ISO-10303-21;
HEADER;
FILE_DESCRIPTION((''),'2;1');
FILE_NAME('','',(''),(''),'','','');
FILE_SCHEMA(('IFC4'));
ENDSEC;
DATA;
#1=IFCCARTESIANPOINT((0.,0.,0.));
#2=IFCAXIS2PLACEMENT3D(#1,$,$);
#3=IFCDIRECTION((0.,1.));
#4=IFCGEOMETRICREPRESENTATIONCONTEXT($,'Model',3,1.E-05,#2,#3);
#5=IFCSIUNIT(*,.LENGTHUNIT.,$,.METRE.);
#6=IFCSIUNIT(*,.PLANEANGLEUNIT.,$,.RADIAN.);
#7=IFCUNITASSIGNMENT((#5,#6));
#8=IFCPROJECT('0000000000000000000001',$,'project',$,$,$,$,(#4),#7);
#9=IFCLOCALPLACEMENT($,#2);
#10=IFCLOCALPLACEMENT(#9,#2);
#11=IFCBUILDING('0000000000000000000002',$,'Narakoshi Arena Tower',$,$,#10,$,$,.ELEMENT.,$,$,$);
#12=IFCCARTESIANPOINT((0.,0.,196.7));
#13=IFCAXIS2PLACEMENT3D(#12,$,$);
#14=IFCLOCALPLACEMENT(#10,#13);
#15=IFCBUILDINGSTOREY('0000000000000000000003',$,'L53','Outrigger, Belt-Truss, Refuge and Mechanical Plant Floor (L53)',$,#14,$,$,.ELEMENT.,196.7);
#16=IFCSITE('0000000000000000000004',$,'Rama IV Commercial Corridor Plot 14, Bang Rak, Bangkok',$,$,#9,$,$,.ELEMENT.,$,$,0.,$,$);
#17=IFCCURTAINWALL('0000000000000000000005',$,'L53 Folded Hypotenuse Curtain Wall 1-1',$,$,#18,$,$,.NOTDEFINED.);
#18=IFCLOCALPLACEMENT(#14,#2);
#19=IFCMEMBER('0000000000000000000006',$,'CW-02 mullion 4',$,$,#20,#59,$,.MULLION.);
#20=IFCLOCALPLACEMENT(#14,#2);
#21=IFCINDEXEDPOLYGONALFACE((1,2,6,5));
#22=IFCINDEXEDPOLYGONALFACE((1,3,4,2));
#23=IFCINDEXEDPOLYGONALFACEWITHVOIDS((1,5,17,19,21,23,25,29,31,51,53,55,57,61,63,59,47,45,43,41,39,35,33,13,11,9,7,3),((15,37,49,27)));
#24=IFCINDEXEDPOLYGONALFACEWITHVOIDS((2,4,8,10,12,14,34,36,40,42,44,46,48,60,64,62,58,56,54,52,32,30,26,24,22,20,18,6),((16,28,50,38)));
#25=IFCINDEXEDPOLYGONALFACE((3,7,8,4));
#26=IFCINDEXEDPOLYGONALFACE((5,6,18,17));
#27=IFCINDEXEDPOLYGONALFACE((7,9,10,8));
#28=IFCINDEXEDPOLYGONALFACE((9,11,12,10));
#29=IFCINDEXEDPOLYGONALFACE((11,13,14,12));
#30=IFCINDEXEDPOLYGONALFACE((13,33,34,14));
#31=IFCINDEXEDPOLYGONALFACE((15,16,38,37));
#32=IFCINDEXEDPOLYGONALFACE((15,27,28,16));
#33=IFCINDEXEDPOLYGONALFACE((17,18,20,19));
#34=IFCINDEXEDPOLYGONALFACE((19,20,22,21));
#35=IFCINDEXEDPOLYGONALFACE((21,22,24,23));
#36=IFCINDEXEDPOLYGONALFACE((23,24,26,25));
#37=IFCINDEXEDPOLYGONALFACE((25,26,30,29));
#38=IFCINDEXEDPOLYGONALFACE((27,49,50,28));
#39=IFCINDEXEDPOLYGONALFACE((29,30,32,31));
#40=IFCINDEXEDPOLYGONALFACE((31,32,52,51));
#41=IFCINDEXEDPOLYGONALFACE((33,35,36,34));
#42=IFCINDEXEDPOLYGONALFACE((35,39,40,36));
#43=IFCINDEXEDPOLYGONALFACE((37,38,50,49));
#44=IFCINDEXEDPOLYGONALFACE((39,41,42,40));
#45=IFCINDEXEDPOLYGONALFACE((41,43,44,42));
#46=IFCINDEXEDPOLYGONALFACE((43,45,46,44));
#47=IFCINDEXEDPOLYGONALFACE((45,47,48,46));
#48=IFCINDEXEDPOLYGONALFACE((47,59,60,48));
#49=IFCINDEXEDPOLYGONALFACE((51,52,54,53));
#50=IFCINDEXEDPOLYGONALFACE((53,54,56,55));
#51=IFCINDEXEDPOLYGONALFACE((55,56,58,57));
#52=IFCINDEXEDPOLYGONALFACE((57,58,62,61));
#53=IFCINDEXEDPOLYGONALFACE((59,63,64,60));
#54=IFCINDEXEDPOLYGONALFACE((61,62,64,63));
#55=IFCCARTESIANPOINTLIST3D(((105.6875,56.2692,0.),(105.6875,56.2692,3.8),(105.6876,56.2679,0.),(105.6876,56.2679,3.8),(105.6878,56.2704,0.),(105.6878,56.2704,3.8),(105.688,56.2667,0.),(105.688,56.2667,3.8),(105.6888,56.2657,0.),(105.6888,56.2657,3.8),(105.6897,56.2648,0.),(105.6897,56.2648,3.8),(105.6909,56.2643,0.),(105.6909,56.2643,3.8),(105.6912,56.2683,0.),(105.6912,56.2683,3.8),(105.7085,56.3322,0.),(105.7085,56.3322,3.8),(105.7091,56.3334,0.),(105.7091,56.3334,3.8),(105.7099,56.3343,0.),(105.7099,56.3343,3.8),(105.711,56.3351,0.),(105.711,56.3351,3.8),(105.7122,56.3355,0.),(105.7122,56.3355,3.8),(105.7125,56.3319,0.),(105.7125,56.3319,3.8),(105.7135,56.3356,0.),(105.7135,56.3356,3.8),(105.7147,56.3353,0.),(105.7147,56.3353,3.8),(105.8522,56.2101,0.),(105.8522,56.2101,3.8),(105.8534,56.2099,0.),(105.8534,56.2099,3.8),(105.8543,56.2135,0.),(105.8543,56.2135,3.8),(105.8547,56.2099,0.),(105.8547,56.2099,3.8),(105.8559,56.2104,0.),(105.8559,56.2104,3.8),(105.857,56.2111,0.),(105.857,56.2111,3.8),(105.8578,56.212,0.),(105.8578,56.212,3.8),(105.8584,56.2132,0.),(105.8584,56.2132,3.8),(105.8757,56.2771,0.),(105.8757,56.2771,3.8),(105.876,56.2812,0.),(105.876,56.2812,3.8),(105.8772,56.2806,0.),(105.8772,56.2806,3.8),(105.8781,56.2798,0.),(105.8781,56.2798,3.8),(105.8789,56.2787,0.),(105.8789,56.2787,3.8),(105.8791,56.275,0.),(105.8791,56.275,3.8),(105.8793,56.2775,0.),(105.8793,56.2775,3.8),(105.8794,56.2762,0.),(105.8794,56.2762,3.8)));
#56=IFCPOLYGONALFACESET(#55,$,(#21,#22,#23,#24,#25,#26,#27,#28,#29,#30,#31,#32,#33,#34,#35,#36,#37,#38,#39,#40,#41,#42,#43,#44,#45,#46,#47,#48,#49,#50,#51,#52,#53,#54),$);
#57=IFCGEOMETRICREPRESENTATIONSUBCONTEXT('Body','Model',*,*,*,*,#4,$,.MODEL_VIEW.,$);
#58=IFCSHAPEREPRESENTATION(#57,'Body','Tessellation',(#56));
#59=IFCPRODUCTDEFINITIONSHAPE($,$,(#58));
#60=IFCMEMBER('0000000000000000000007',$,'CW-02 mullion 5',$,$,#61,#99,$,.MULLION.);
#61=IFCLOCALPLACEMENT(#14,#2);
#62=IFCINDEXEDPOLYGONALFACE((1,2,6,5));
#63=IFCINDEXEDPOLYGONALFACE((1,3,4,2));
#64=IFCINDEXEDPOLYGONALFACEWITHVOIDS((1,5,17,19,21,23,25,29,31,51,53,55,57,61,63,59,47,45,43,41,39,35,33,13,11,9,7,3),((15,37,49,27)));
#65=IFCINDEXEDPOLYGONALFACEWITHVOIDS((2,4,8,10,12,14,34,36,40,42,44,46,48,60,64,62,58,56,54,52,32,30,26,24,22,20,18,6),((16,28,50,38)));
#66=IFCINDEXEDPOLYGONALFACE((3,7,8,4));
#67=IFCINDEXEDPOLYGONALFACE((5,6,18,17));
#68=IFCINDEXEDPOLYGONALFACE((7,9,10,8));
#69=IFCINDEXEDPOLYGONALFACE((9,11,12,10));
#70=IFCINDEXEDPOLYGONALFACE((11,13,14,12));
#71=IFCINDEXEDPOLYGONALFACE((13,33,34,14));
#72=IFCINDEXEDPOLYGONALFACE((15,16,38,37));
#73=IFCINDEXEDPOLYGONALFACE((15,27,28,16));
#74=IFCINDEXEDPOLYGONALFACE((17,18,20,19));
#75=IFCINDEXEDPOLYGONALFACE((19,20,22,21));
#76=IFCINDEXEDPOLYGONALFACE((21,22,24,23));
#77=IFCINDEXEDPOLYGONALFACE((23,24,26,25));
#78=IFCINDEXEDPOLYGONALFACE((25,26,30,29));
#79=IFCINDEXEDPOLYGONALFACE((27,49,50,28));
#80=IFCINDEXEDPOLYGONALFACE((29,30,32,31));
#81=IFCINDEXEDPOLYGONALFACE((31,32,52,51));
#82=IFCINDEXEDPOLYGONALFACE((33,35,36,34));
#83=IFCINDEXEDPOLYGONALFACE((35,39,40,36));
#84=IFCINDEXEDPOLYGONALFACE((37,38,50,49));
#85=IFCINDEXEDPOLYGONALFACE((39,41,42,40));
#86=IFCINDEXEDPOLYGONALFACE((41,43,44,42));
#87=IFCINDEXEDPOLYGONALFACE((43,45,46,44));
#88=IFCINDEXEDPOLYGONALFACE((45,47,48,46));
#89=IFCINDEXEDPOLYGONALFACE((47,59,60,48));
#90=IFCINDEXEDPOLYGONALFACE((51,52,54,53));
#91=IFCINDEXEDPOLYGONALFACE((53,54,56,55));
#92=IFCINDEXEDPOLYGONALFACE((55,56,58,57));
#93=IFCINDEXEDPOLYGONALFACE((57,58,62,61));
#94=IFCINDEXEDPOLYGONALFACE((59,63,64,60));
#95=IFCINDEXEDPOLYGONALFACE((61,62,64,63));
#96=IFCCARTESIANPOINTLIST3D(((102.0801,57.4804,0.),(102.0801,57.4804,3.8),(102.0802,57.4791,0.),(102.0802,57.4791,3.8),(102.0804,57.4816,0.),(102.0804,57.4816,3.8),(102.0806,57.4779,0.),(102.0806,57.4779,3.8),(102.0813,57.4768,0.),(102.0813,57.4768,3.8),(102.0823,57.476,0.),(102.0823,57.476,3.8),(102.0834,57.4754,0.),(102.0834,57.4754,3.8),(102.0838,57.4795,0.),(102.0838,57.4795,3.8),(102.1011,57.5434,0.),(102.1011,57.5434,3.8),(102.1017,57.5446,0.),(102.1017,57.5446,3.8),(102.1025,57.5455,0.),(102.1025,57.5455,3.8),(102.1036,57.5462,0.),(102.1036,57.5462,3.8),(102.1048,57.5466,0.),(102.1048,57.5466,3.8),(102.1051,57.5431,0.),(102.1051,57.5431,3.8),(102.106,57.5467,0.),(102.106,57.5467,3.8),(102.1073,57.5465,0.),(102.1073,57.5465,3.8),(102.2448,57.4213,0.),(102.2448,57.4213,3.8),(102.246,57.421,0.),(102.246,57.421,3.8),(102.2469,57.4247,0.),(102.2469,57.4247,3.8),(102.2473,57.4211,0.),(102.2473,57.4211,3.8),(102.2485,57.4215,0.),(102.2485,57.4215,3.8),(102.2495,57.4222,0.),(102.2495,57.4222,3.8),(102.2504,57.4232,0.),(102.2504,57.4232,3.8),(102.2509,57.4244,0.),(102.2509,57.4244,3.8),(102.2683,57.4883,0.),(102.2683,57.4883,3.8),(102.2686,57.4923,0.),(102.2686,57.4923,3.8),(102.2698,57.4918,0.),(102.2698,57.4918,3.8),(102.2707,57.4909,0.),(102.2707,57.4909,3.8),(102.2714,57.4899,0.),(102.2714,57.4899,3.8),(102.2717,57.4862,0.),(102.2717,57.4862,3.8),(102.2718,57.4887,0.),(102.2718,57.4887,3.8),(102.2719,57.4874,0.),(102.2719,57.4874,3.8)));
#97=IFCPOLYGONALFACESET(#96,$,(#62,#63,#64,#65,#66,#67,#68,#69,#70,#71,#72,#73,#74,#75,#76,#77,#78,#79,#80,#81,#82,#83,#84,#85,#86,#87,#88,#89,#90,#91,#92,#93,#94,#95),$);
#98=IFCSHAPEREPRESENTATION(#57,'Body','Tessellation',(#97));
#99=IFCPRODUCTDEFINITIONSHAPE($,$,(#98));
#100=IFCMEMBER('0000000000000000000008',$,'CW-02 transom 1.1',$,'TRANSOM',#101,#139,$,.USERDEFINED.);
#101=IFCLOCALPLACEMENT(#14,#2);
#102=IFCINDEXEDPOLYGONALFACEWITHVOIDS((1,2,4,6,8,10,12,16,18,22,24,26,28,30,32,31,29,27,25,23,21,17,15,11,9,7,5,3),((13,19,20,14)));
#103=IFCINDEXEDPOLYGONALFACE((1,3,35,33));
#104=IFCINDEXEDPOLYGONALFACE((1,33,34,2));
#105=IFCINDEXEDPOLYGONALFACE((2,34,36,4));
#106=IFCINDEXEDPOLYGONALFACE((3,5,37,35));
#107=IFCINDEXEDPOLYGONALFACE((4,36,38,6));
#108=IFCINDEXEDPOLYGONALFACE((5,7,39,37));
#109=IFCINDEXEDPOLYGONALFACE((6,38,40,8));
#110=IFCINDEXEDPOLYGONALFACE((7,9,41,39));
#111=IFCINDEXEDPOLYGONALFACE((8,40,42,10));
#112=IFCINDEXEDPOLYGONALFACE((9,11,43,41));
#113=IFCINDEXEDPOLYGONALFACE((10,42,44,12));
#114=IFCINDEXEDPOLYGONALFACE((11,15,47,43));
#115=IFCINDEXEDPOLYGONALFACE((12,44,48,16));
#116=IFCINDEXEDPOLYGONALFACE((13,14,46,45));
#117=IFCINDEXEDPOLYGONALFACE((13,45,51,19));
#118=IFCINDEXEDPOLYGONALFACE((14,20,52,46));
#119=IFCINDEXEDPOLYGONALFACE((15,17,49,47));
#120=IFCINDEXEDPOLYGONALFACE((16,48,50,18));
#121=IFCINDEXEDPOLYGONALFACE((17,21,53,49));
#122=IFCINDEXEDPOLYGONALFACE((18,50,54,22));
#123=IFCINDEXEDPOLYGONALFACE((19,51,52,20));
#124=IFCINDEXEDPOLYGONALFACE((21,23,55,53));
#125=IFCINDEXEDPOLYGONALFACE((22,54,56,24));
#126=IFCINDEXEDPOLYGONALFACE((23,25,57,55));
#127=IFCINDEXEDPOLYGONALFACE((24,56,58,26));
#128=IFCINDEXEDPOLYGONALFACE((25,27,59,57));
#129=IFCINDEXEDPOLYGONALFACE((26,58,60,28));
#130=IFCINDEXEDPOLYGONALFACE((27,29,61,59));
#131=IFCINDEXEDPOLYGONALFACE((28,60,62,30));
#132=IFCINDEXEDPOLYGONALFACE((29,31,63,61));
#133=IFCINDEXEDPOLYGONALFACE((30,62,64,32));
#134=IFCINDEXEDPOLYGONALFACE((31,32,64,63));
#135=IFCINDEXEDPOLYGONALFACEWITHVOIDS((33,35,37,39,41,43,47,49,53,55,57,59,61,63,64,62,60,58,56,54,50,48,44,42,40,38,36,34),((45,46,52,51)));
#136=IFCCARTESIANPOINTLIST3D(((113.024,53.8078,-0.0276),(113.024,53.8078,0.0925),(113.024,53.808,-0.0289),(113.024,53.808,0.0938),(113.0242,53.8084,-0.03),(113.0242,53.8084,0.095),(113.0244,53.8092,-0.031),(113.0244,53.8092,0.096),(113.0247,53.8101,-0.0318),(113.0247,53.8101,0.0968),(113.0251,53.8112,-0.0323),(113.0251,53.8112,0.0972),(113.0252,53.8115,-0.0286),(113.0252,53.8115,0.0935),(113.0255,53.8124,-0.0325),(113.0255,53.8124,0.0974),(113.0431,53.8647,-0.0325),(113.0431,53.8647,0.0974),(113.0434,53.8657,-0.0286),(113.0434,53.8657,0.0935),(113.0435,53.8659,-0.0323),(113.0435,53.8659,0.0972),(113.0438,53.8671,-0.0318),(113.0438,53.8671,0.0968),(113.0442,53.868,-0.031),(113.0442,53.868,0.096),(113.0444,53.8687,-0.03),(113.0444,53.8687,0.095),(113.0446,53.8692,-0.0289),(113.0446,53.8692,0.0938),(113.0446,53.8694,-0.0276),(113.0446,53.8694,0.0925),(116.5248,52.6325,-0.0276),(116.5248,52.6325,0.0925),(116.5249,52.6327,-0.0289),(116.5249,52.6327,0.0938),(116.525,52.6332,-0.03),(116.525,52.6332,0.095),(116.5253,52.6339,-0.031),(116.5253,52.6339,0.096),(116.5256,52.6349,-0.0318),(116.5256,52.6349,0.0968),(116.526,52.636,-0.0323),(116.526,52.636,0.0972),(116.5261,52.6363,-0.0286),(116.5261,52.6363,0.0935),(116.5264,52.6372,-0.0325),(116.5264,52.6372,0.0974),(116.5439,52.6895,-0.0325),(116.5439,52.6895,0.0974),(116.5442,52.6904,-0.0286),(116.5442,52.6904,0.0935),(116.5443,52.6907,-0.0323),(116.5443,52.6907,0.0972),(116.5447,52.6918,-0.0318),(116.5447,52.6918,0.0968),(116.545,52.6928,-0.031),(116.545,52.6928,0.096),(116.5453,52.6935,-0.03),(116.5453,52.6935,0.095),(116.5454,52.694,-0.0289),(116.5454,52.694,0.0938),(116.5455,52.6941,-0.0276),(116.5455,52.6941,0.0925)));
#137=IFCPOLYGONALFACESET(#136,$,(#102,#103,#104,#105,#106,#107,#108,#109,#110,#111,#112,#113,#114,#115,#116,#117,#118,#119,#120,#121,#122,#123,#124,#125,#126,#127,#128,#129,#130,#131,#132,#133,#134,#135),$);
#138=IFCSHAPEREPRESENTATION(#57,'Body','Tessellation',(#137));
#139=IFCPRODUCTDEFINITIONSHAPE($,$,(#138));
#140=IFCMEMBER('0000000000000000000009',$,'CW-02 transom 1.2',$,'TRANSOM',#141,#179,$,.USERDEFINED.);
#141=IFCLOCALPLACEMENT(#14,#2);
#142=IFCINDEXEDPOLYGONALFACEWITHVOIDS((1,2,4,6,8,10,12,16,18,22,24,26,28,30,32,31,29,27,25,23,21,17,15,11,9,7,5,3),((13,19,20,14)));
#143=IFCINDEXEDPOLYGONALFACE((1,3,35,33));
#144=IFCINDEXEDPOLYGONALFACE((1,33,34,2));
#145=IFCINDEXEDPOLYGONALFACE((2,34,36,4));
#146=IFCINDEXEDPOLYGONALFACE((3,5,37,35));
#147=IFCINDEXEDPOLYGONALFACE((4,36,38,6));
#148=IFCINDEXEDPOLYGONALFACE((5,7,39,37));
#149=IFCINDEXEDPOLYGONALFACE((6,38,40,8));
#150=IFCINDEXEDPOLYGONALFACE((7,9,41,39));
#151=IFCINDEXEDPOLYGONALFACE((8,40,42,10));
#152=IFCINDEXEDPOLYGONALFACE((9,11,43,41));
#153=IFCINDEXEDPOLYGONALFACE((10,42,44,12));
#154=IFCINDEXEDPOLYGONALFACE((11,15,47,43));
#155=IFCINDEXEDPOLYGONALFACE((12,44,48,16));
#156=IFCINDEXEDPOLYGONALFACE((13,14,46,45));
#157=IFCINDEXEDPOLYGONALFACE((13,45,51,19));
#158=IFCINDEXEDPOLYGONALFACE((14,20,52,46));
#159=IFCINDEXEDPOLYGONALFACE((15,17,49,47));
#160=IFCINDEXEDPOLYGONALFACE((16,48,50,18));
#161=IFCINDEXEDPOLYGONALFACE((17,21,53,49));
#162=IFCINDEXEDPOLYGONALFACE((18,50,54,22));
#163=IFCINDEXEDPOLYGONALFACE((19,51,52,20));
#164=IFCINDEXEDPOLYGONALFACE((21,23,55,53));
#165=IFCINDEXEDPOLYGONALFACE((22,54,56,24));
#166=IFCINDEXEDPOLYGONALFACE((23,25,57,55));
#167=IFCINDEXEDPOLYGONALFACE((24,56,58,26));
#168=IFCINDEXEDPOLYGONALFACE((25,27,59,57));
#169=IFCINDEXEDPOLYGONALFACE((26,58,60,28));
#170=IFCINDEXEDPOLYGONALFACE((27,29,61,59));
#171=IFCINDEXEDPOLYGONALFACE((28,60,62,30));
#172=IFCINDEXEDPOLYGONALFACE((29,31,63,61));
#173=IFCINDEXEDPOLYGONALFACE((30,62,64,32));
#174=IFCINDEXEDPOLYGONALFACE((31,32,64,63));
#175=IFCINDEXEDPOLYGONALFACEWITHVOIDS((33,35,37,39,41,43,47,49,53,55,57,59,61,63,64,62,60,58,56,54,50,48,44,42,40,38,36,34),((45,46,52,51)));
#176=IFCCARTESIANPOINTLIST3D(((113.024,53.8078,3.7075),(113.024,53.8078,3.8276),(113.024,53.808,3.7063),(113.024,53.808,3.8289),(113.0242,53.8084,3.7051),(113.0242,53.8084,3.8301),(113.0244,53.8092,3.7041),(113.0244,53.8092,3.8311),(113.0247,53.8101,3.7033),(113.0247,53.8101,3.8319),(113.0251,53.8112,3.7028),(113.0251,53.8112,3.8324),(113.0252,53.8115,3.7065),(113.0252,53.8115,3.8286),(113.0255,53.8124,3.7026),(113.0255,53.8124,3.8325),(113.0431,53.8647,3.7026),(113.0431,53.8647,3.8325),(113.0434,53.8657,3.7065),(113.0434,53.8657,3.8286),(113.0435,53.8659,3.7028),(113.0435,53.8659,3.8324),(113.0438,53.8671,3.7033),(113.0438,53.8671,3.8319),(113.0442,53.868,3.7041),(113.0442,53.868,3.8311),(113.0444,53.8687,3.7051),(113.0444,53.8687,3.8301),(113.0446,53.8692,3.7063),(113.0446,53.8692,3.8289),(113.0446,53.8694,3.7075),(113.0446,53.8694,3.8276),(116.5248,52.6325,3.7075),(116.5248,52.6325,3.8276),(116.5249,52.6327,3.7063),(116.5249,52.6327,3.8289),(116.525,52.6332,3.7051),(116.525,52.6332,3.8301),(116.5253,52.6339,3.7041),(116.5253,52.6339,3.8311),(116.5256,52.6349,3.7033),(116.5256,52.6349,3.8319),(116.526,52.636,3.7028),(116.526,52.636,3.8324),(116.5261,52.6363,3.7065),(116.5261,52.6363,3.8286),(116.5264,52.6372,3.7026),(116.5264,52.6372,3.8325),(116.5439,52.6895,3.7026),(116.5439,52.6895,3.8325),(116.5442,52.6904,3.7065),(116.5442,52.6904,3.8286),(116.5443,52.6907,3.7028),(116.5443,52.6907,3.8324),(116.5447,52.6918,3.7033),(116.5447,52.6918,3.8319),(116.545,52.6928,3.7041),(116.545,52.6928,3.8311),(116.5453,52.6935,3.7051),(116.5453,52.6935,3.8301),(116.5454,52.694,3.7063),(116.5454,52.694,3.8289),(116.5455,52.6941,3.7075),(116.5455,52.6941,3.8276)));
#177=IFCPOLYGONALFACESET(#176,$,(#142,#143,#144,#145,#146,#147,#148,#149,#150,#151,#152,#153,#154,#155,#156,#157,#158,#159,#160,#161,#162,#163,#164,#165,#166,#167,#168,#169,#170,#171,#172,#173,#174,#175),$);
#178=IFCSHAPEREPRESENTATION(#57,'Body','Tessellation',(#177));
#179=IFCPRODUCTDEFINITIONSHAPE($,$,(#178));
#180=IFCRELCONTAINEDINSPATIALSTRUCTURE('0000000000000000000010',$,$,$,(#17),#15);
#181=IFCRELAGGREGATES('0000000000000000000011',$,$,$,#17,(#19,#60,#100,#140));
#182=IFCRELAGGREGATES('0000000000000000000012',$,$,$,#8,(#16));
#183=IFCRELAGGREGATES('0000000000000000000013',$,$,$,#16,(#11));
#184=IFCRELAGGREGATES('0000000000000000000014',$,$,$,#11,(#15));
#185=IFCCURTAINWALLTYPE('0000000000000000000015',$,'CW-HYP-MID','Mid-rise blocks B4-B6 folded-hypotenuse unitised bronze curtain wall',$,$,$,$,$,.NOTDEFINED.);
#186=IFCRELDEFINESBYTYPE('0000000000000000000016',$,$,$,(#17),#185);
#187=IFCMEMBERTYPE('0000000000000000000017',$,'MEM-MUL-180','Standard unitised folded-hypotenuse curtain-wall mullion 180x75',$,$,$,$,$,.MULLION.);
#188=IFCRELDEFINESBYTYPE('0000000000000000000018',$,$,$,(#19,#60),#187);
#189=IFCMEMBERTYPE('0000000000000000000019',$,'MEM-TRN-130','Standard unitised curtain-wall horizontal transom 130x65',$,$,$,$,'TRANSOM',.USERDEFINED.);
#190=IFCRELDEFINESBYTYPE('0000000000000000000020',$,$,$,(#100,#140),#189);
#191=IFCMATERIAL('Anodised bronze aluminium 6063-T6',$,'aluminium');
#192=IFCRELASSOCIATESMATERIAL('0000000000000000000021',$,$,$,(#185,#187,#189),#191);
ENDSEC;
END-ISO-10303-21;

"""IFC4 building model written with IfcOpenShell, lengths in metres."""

from ifc_helpers import new_model, si_unit, direction, frame, origin, origin_2d, place, context, subcontext, project, spatial, hollow_rectangle, extrude, material, material_profile, profile_set, type_object, element, aggregate, save


model = new_model("IFC4")

# Units and contexts
model_context = context("Model", 3, precision=1e-05, world=origin(), true_north=direction((0.0, 1.0)))
body_context = subcontext(model_context, "Body", "Model", "MODEL_VIEW")
ifc_project = project(units=[si_unit("LENGTHUNIT", "METRE"), si_unit("PLANEANGLEUNIT", "RADIAN")], contexts=[model_context])

# Site, building, storey
site_placement = place(None, origin())
site = spatial("IfcSite", under=ifc_project, at=site_placement, Name="Rama IV Commercial Corridor Plot 14, Bang Rak, Bangkok", CompositionType="ELEMENT", RefElevation=0.0)
building_placement = place(site_placement, origin())
building = spatial("IfcBuilding", under=site, at=building_placement, Name="Narakoshi Arena Tower", CompositionType="ELEMENT")
storey_placement = place(building_placement, frame((0.0, 0.0, 196.7)))
storey = spatial("IfcBuildingStorey", under=building, at=storey_placement, Name="L53", Description="Outrigger, Belt-Truss, Refuge and Mechanical Plant Floor (L53)", CompositionType="ELEMENT", Elevation=196.7)

# Curtain wall, members
ifc_material_1 = material(Name="Anodised bronze aluminium 6063-T6", Category="aluminium")
curtain_wall_type = type_object("IfcCurtainWallType", Name="CW-HYP-MID", Description="Mid-rise blocks B4-B6 folded-hypotenuse unitised bronze curtain wall", PredefinedType="NOTDEFINED", material=ifc_material_1)
curtain_wall_placement = place(storey_placement, origin())
curtain_wall = element("IfcCurtainWall", 1, at=curtain_wall_placement, inside=storey, type_object=curtain_wall_type, Name="L53 Folded Hypotenuse Curtain Wall 1-1", PredefinedType="NOTDEFINED")
ifc_material_profile_1 = material_profile(ifc_material_1, hollow_rectangle(XDim=0.075, YDim=0.1799, WallThickness=0.0039, OuterFilletRadius=0.0049, at=origin_2d()), Name="MUL180x75x4")
ifc_profile_set_1 = profile_set([ifc_material_profile_1], Name="Anodised bronze aluminium 6063-T6")
member_type_1 = type_object("IfcMemberType", Name="MEM-MUL-180", Description="Standard unitised folded-hypotenuse curtain-wall mullion 180x75", PredefinedType="MULLION", material=ifc_profile_set_1)
member_1_placement = place(storey_placement, frame((105.7834, 56.2727, 0.0), z_axis=(0.0, 0.0, 1.0), x_axis=(-0.318261, -0.948003, 0.0)))
member_1 = element("IfcMember", 2, at=member_1_placement, type_object=member_type_1, Name="CW-02 mullion 4", PredefinedType="MULLION", context=body_context, shape_type="SweptSolid", body=[
    extrude(hollow_rectangle(XDim=0.075, YDim=0.1799, WallThickness=0.0039, OuterFilletRadius=0.0049, at=origin_2d()), origin(), (0.0, 0.0, 1.0), 3.8),
])
member_2_placement = place(storey_placement, frame((102.176, 57.4839, 0.0), z_axis=(0.0, 0.0, 1.0), x_axis=(-0.318261, -0.948003, 0.0)))
member_2 = element("IfcMember", 3, at=member_2_placement, type_object=member_type_1, Name="CW-02 mullion 5", PredefinedType="MULLION", context=body_context, shape_type="SweptSolid", body=[
    extrude(hollow_rectangle(XDim=0.075, YDim=0.1799, WallThickness=0.0039, OuterFilletRadius=0.0049, at=origin_2d()), origin(), (0.0, 0.0, 1.0), 3.8),
])
ifc_material_profile_2 = material_profile(ifc_material_1, hollow_rectangle(XDim=0.0649, YDim=0.1299, WallThickness=0.0039, OuterFilletRadius=0.0049, at=origin_2d()), Name="TRN130x65x4")
ifc_profile_set_2 = profile_set([ifc_material_profile_2], Name="Anodised bronze aluminium 6063-T6")
member_type_2 = type_object("IfcMemberType", Name="MEM-TRN-130", Description="Standard unitised curtain-wall horizontal transom 130x65", ElementType="TRANSOM", PredefinedType="USERDEFINED", material=ifc_profile_set_2)
member_3_placement = place(storey_placement, frame((116.5352, 52.6633, 0.0325), z_axis=(-0.948007, 0.31825, 0.0), x_axis=(-0.31825, -0.948007, 0.0)))
member_3 = element("IfcMember", 4, at=member_3_placement, type_object=member_type_2, Name="CW-02 transom 1.1", ObjectType="TRANSOM", PredefinedType="USERDEFINED", context=body_context, shape_type="SweptSolid", body=[
    extrude(hollow_rectangle(XDim=0.0649, YDim=0.1299, WallThickness=0.0039, OuterFilletRadius=0.0049, at=origin_2d()), origin(), (0.0, 0.0, 1.0), 3.6929),
])
member_4_placement = place(storey_placement, frame((116.5352, 52.6633, 3.7676), z_axis=(-0.948007, 0.31825, 0.0), x_axis=(-0.31825, -0.948007, 0.0)))
member_4 = element("IfcMember", 5, at=member_4_placement, type_object=member_type_2, Name="CW-02 transom 1.2", ObjectType="TRANSOM", PredefinedType="USERDEFINED", context=body_context, shape_type="SweptSolid", body=[
    extrude(hollow_rectangle(XDim=0.0649, YDim=0.1299, WallThickness=0.0039, OuterFilletRadius=0.0049, at=origin_2d()), origin(), (0.0, 0.0, 1.0), 3.6929),
])
aggregate(curtain_wall, [member_1, member_2, member_3, member_4])

save(model, "model.ifc")
